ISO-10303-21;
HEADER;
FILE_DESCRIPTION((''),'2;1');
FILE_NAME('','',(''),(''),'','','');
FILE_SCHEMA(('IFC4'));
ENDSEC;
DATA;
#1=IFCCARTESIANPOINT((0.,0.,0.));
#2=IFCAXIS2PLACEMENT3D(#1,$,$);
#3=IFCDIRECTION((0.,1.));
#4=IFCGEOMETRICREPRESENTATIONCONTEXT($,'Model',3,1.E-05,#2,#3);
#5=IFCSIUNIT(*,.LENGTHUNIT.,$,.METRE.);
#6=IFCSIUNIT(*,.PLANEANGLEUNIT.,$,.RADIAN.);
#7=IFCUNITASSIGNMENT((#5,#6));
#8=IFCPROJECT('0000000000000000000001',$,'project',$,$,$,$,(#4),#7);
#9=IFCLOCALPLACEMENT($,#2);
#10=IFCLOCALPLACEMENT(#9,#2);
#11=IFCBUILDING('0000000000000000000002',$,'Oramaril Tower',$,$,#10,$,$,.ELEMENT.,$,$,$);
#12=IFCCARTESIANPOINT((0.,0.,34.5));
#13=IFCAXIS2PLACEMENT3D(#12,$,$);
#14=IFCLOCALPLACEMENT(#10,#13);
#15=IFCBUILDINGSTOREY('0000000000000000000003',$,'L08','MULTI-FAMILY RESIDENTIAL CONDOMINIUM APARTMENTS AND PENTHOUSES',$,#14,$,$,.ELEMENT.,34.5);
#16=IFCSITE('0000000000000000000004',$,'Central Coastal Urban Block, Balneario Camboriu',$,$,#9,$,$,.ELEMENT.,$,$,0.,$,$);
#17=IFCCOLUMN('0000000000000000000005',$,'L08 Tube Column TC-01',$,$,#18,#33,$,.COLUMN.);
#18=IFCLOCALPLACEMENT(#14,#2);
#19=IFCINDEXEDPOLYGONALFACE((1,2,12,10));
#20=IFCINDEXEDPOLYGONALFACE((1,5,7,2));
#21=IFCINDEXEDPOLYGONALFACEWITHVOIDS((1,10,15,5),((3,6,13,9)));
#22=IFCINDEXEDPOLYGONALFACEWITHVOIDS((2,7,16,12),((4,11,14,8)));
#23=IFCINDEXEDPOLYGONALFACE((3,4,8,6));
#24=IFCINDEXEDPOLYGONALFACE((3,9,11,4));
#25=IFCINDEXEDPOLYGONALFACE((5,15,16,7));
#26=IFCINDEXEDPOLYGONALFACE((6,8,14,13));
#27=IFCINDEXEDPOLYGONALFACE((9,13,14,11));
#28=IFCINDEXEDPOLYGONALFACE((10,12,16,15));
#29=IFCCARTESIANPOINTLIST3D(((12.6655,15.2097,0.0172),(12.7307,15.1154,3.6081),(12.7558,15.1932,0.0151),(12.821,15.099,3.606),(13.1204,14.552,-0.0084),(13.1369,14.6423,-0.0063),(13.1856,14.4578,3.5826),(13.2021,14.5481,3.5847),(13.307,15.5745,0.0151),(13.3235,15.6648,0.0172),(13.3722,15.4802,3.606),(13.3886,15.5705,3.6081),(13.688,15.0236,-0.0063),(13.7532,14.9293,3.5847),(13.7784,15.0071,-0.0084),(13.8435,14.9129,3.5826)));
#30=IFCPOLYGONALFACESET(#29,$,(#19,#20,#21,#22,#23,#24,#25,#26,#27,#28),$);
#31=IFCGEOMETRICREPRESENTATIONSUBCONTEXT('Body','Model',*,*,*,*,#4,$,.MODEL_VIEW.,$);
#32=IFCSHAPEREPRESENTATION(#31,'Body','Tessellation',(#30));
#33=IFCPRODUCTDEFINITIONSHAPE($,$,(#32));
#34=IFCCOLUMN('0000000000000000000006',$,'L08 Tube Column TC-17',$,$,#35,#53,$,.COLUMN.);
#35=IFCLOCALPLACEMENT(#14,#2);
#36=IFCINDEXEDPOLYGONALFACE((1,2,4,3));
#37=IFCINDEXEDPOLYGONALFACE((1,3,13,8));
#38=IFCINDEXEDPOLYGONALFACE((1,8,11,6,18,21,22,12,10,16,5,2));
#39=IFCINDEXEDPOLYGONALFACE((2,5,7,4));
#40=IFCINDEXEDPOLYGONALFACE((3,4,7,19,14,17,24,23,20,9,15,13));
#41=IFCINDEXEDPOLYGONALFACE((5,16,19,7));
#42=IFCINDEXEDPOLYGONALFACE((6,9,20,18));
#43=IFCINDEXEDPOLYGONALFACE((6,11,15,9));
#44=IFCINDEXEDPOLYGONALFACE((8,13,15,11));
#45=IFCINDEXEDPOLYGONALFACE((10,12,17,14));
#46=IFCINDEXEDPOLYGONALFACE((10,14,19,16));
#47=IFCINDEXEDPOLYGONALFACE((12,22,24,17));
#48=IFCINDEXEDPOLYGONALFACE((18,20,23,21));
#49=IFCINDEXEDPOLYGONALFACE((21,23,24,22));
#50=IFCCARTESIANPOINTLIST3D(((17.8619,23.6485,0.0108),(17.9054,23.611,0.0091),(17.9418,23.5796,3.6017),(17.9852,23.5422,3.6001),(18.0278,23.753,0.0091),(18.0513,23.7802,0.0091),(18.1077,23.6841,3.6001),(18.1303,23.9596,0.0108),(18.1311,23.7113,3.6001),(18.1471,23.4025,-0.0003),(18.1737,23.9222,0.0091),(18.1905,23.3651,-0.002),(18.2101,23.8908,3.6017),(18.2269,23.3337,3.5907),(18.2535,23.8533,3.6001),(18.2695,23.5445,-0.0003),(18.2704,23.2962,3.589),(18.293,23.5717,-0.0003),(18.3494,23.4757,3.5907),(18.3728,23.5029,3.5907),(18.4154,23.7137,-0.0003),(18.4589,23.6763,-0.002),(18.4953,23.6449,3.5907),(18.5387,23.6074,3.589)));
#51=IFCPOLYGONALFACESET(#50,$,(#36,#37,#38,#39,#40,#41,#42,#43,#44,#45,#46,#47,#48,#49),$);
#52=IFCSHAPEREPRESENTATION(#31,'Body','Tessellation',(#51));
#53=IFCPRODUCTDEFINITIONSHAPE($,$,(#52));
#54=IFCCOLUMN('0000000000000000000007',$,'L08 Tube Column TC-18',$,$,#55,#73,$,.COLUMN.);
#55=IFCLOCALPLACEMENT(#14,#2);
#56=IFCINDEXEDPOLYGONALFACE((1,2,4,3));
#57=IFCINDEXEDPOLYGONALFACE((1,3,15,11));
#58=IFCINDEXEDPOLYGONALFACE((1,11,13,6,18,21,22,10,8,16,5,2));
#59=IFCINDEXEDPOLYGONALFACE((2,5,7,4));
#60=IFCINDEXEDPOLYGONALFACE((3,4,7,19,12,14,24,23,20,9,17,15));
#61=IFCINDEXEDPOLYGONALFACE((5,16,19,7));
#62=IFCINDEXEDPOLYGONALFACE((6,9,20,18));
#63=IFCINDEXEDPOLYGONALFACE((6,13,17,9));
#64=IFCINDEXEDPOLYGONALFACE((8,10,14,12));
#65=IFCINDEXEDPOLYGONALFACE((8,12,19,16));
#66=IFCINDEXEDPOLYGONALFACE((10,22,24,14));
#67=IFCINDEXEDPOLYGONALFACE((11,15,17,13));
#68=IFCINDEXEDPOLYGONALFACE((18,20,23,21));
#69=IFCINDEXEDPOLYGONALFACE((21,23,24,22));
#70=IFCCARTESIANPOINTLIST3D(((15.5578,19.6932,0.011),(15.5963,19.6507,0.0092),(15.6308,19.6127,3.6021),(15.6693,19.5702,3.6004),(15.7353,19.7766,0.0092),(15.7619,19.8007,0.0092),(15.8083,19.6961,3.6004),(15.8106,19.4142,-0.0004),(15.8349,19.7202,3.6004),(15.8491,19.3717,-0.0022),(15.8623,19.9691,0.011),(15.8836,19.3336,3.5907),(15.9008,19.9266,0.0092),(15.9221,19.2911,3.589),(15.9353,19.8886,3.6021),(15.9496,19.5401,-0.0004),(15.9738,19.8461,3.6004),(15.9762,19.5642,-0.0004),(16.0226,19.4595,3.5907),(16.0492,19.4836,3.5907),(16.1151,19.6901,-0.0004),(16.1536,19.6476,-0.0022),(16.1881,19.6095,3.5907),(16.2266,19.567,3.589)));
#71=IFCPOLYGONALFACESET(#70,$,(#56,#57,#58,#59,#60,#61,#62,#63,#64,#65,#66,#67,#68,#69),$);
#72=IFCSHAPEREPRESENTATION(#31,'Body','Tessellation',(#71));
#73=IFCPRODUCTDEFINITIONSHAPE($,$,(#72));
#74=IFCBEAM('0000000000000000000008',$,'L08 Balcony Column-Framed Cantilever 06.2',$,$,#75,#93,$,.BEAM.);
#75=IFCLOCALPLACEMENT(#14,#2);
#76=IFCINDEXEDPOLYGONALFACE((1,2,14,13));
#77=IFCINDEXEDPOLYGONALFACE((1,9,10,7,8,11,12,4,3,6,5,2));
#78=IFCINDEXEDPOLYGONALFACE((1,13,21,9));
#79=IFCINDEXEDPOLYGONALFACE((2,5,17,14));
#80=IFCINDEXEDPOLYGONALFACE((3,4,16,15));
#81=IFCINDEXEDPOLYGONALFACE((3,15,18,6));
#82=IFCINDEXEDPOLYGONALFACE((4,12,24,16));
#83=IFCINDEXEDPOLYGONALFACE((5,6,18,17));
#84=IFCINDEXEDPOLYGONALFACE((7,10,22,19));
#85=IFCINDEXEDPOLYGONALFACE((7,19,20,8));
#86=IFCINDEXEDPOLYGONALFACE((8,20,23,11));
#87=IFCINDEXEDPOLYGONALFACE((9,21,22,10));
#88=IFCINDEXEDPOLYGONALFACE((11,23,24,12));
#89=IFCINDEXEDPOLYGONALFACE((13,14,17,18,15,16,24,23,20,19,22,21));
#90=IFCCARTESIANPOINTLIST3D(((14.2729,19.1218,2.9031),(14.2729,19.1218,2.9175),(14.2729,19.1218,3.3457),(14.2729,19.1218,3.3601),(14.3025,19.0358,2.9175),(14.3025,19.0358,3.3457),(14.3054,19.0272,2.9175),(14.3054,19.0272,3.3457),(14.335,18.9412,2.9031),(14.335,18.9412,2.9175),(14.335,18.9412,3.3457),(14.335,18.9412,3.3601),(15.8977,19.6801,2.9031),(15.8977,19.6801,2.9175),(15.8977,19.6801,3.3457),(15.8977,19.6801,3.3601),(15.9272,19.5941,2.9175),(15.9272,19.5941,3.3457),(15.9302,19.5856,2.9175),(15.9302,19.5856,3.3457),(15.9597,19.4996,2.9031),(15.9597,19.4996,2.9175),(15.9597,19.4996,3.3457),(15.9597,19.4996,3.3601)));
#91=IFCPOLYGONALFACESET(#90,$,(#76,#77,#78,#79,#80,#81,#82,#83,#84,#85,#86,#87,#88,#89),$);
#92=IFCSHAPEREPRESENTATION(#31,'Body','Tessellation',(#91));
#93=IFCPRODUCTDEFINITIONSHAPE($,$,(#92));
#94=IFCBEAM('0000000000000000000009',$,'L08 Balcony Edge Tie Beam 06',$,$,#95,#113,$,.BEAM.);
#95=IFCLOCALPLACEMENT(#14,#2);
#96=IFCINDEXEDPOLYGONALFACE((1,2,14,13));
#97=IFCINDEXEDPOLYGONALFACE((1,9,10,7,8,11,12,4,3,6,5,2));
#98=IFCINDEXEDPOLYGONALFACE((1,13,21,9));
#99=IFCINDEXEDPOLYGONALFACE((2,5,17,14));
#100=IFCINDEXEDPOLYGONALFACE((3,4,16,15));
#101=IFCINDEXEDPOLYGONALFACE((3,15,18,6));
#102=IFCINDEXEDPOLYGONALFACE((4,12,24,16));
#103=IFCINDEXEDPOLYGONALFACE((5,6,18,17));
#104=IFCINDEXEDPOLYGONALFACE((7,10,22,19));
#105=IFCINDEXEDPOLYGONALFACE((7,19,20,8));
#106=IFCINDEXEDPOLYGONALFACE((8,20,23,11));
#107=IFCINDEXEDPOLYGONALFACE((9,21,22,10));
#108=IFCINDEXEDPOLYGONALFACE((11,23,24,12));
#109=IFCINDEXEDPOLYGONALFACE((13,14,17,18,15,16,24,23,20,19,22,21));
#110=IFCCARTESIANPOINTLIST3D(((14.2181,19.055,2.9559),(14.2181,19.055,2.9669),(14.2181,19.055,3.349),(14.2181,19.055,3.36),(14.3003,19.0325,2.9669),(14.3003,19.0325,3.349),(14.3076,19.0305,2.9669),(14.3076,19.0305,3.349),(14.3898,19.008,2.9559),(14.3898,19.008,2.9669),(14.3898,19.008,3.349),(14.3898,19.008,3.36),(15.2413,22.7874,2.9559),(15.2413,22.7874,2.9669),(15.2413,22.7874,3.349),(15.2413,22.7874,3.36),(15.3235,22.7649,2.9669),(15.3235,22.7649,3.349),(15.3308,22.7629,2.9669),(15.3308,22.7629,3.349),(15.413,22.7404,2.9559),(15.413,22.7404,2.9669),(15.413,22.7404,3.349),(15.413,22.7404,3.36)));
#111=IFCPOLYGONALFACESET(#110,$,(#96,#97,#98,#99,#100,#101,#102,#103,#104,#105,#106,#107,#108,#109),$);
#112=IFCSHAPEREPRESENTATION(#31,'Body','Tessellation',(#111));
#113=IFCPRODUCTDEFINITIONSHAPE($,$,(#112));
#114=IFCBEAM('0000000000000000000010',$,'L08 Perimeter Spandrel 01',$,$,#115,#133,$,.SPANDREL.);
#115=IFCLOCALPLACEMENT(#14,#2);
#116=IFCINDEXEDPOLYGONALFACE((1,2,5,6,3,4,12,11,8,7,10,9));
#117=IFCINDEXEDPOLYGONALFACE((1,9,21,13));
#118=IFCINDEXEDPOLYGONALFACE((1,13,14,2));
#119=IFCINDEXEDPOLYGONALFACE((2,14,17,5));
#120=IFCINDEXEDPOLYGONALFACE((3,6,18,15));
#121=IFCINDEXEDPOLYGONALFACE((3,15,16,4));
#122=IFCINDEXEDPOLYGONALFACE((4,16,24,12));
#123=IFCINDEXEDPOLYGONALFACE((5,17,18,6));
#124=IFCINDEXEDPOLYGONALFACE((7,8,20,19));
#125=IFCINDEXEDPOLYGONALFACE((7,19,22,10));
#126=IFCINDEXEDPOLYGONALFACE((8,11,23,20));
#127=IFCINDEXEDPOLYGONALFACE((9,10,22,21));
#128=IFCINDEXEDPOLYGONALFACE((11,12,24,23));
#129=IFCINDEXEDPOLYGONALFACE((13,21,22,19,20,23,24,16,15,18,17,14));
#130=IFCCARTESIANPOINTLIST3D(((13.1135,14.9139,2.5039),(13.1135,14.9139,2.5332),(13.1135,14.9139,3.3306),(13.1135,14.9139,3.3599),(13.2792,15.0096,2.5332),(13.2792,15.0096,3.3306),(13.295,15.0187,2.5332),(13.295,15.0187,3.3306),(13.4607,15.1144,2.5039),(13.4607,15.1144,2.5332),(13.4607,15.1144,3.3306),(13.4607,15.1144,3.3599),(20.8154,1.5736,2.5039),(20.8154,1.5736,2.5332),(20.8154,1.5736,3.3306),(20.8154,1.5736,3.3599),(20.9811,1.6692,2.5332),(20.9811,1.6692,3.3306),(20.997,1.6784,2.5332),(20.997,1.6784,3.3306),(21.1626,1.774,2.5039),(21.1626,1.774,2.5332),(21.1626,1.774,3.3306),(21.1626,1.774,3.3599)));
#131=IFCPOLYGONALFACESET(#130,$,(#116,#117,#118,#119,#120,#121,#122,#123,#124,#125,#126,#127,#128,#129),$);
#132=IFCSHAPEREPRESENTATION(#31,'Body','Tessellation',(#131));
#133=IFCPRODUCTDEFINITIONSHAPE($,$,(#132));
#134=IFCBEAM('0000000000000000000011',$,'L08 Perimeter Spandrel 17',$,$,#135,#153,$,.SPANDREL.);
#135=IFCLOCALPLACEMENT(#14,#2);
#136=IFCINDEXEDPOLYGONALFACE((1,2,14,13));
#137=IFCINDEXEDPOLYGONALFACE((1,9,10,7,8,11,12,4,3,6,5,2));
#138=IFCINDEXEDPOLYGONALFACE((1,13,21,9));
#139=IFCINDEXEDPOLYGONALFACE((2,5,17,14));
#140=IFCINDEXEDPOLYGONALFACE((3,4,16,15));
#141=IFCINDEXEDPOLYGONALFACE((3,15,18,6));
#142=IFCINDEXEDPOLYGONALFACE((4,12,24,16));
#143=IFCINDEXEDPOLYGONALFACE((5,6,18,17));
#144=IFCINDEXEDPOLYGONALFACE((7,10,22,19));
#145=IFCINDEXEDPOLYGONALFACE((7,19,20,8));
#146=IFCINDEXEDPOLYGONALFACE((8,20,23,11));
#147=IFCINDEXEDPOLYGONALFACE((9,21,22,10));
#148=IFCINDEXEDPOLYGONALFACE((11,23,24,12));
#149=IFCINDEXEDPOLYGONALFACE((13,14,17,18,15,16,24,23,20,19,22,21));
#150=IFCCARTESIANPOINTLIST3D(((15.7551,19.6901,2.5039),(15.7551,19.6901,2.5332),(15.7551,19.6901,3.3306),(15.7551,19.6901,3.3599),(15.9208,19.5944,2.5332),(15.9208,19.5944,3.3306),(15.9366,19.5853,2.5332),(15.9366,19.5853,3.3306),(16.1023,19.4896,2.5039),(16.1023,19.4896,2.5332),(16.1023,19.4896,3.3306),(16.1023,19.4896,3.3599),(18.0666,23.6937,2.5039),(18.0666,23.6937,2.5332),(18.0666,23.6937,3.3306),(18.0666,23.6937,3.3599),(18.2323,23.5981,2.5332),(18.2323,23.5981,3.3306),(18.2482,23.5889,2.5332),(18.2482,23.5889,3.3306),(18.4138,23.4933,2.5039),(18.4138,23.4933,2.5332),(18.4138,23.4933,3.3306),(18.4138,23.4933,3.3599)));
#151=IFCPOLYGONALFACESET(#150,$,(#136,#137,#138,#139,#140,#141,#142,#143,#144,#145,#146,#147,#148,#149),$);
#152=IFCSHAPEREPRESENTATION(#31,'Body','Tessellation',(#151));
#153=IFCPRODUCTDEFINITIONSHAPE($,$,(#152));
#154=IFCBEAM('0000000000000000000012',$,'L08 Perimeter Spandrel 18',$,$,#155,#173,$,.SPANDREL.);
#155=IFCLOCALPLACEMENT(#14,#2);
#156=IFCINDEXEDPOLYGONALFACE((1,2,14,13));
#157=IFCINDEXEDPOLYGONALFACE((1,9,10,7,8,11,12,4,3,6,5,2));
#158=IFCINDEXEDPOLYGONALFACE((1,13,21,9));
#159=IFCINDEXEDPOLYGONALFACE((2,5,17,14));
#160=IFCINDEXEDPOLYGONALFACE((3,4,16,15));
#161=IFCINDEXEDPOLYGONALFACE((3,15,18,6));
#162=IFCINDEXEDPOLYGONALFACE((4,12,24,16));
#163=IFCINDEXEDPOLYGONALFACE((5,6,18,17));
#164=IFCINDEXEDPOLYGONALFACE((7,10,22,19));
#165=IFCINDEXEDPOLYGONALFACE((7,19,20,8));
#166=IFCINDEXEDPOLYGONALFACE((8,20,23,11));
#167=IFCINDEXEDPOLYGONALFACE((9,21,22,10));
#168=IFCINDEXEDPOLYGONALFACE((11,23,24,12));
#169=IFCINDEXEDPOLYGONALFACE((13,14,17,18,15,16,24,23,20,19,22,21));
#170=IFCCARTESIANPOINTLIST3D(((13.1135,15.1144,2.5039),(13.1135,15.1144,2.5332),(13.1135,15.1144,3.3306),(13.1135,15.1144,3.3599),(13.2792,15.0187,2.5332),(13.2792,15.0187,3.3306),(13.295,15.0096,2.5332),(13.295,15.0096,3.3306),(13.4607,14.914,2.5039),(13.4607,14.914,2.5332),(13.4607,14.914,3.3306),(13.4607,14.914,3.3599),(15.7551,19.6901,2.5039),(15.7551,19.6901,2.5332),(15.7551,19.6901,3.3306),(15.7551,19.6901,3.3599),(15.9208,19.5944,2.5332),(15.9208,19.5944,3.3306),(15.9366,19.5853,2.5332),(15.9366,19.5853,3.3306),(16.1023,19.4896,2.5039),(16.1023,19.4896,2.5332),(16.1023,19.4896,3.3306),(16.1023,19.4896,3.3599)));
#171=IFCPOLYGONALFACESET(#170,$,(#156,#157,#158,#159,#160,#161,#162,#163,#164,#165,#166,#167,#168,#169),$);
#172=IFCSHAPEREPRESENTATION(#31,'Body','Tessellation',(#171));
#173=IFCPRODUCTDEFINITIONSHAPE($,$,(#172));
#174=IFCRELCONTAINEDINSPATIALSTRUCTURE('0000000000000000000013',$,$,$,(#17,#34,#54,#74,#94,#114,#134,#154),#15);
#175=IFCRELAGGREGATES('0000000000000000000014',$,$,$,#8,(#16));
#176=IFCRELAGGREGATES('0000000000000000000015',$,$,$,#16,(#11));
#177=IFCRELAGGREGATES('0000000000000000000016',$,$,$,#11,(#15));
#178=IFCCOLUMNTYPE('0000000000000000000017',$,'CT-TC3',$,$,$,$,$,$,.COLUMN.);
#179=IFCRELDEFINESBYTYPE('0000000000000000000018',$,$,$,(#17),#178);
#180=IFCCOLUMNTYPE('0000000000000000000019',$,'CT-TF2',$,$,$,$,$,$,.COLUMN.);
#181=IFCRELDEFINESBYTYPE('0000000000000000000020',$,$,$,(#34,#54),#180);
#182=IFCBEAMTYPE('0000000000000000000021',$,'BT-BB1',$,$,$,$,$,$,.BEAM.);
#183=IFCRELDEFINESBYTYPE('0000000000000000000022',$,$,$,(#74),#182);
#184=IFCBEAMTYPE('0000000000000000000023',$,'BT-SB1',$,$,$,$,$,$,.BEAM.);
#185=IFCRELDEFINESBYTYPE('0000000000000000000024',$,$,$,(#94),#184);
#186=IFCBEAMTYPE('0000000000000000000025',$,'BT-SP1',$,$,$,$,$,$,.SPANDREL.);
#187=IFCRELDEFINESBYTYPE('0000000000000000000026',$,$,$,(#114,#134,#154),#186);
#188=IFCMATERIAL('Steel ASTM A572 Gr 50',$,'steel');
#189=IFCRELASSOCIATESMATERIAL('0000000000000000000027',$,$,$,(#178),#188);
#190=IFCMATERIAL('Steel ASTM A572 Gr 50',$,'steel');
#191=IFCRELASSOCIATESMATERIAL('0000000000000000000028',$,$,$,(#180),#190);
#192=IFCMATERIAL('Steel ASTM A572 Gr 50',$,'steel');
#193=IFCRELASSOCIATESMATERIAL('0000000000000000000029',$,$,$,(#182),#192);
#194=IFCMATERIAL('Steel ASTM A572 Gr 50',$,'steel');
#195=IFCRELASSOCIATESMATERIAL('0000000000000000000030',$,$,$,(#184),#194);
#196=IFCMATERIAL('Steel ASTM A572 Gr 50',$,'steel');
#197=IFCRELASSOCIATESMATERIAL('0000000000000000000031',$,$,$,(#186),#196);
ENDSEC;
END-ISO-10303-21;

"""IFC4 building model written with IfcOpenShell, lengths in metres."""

from ifc_helpers import new_model, si_unit, direction, frame, origin, origin_2d, place, context, subcontext, project, spatial, hollow_rectangle, i_section, extrude, material, material_profile, profile_set, type_object, element, save


model = new_model("IFC4")

# Units and contexts
model_context = context("Model", 3, precision=1e-05, world=origin(), true_north=direction((0.0, 1.0)))
body_context = subcontext(model_context, "Body", "Model", "MODEL_VIEW")
ifc_project = project(units=[si_unit("LENGTHUNIT", "METRE"), si_unit("PLANEANGLEUNIT", "RADIAN")], contexts=[model_context])

# Site, building, storey
site_placement = place(None, origin())
site = spatial("IfcSite", under=ifc_project, at=site_placement, Name="Central Coastal Urban Block, Balneario Camboriu", CompositionType="ELEMENT", RefElevation=0.0)
building_placement = place(site_placement, origin())
building = spatial("IfcBuilding", under=site, at=building_placement, Name="Oramaril Tower", CompositionType="ELEMENT")
storey_placement = place(building_placement, frame((0.0, 0.0, 34.5)))
storey = spatial("IfcBuildingStorey", under=building, at=storey_placement, Name="L08", Description="MULTI-FAMILY RESIDENTIAL CONDOMINIUM APARTMENTS AND PENTHOUSES", CompositionType="ELEMENT", Elevation=34.5)

# Columns
ifc_material_1 = material(Name="Steel ASTM A572 Gr 50", Category="steel")
ifc_material_profile_1 = material_profile(ifc_material_1, hollow_rectangle(XDim=0.8, YDim=0.8, WallThickness=0.0649, at=origin_2d()), Name="BOX800X800X65")
ifc_profile_set_1 = profile_set([ifc_material_profile_1], Name="Steel ASTM A572 Gr 50")
column_type_1 = type_object("IfcColumnType", Name="CT-TC3", PredefinedType="COLUMN", material=ifc_profile_set_1)
column_1_placement = place(storey_placement, frame((13.2219, 15.1084, 0.0044), z_axis=(0.018143, -0.026229, 0.999491), x_axis=(0.822422, 0.568878, 0.0)))
element("IfcColumn", 1, at=column_1_placement, inside=storey, type_object=column_type_1, Name="L08 Tube Column TC-01", PredefinedType="COLUMN", context=body_context, shape_type="SweptSolid", body=[
    extrude(hollow_rectangle(XDim=0.8, YDim=0.8, WallThickness=0.0649, at=origin_2d()), origin(), (0.0, 0.0, 1.0), 3.5928),
])
ifc_material_2 = material(Name="Steel ASTM A572 Gr 50", Category="steel")
ifc_material_profile_2 = material_profile(ifc_material_2, i_section(OverallWidth=0.4109, OverallDepth=0.4341, WebThickness=0.0359, FlangeThickness=0.0574, at=origin_2d()), Name="W14X311")
ifc_profile_set_2 = profile_set([ifc_material_profile_2], Name="Steel ASTM A572 Gr 50")
column_type_2 = type_object("IfcColumnType", Name="CT-TF2", PredefinedType="COLUMN", material=ifc_profile_set_2)
column_2_placement = place(storey_placement, frame((18.1604, 23.6624, 0.0044), z_axis=(0.022222, -0.019164, 0.999569), x_axis=(0.653077, 0.757291, 0.0)))
element("IfcColumn", 2, at=column_2_placement, inside=storey, type_object=column_type_2, Name="L08 Tube Column TC-17", PredefinedType="COLUMN", context=body_context, shape_type="SweptSolid", body=[
    extrude(i_section(OverallWidth=0.4109, OverallDepth=0.4341, WebThickness=0.0359, FlangeThickness=0.0574, at=origin_2d()), origin(), (0.0, 0.0, 1.0), 3.5925),
])
column_3_placement = place(storey_placement, frame((15.8557, 19.6704, 0.0044), z_axis=(0.020318, -0.022425, 0.999542), x_axis=(0.741057, 0.671442, 0.0)))
element("IfcColumn", 3, at=column_3_placement, inside=storey, type_object=column_type_2, Name="L08 Tube Column TC-18", PredefinedType="COLUMN", context=body_context, shape_type="SweptSolid", body=[
    extrude(i_section(OverallWidth=0.4109, OverallDepth=0.4341, WebThickness=0.0359, FlangeThickness=0.0574, at=origin_2d()), origin(), (0.0, 0.0, 1.0), 3.5928),
])

# Beams
ifc_material_3 = material(Name="Steel ASTM A572 Gr 50", Category="steel")
ifc_material_profile_3 = material_profile(ifc_material_3, i_section(OverallWidth=0.1909, OverallDepth=0.457, WebThickness=0.009, FlangeThickness=0.0144, at=origin_2d()), Name="W18X50")
ifc_profile_set_3 = profile_set([ifc_material_profile_3], Name="Steel ASTM A572 Gr 50")
beam_type_1 = type_object("IfcBeamType", Name="BT-BB1", PredefinedType="BEAM", material=ifc_profile_set_3)
beam_1_placement = place(storey_placement, frame((15.9287, 19.5898, 3.1316), z_axis=(-0.945715, -0.324996, 0.0), x_axis=(0.324996, -0.945715, 0.0)))
element("IfcBeam", 4, at=beam_1_placement, inside=storey, type_object=beam_type_1, Name="L08 Balcony Column-Framed Cantilever 06.2", PredefinedType="BEAM", context=body_context, shape_type="SweptSolid", body=[
    extrude(i_section(OverallWidth=0.1909, OverallDepth=0.457, WebThickness=0.009, FlangeThickness=0.0144, at=origin_2d()), origin(), (0.0, 0.0, 1.0), 1.718),
])
ifc_material_4 = material(Name="Steel ASTM A572 Gr 50", Category="steel")
ifc_material_profile_4 = material_profile(ifc_material_4, i_section(OverallWidth=0.178, OverallDepth=0.4041, WebThickness=0.0076, FlangeThickness=0.011, at=origin_2d()), Name="W16X36")
ifc_profile_set_4 = profile_set([ifc_material_profile_4], Name="Steel ASTM A572 Gr 50")
beam_type_2 = type_object("IfcBeamType", Name="BT-SB1", PredefinedType="BEAM", material=ifc_profile_set_4)
beam_2_placement = place(storey_placement, frame((15.3271, 22.7639, 3.158), z_axis=(-0.264382, -0.964418, 0.0), x_axis=(0.964418, -0.264382, 0.0)))
element("IfcBeam", 5, at=beam_2_placement, inside=storey, type_object=beam_type_2, Name="L08 Balcony Edge Tie Beam 06", PredefinedType="BEAM", context=body_context, shape_type="SweptSolid", body=[
    extrude(i_section(OverallWidth=0.178, OverallDepth=0.4041, WebThickness=0.0076, FlangeThickness=0.011, at=origin_2d()), origin(), (0.0, 0.0, 1.0), 3.8701),
])
ifc_material_5 = material(Name="Steel ASTM A572 Gr 50", Category="steel")
ifc_material_profile_5 = material_profile(ifc_material_5, i_section(OverallWidth=0.4009, OverallDepth=0.856, WebThickness=0.0183, FlangeThickness=0.0293, at=origin_2d()), Name="W33X201")
ifc_profile_set_5 = profile_set([ifc_material_profile_5], Name="Steel ASTM A572 Gr 50")
beam_type_3 = type_object("IfcBeamType", Name="BT-SP1", PredefinedType="SPANDREL", material=ifc_profile_set_5)
beam_3_placement = place(storey_placement, frame((13.2871, 15.0142, 2.9319), z_axis=(0.499993, -0.866029, 0.0), x_axis=(0.866029, 0.499993, 0.0)))
element("IfcBeam", 6, at=beam_3_placement, inside=storey, type_object=beam_type_3, Name="L08 Perimeter Spandrel 01", PredefinedType="SPANDREL", context=body_context, shape_type="SweptSolid", body=[
    extrude(i_section(OverallWidth=0.4009, OverallDepth=0.856, WebThickness=0.0183, FlangeThickness=0.0293, at=origin_2d()), origin(), (0.0, 0.0, 1.0), 15.4041),
])
beam_4_placement = place(storey_placement, frame((18.2402, 23.5935, 2.9319), z_axis=(-0.500001, -0.866025, 0.0), x_axis=(0.866025, -0.500001, 0.0)))
element("IfcBeam", 7, at=beam_4_placement, inside=storey, type_object=beam_type_3, Name="L08 Perimeter Spandrel 17", PredefinedType="SPANDREL", context=body_context, shape_type="SweptSolid", body=[
    extrude(i_section(OverallWidth=0.4009, OverallDepth=0.856, WebThickness=0.0183, FlangeThickness=0.0293, at=origin_2d()), origin(), (0.0, 0.0, 1.0), 4.623),
])
beam_5_placement = place(storey_placement, frame((15.9287, 19.5898, 2.9319), z_axis=(-0.499976, -0.866039, 0.0), x_axis=(0.866039, -0.499976, 0.0)))
element("IfcBeam", 8, at=beam_5_placement, inside=storey, type_object=beam_type_3, Name="L08 Perimeter Spandrel 18", PredefinedType="SPANDREL", context=body_context, shape_type="SweptSolid", body=[
    extrude(i_section(OverallWidth=0.4009, OverallDepth=0.856, WebThickness=0.0183, FlangeThickness=0.0293, at=origin_2d()), origin(), (0.0, 0.0, 1.0), 5.2834),
])

save(model, "model.ifc")
